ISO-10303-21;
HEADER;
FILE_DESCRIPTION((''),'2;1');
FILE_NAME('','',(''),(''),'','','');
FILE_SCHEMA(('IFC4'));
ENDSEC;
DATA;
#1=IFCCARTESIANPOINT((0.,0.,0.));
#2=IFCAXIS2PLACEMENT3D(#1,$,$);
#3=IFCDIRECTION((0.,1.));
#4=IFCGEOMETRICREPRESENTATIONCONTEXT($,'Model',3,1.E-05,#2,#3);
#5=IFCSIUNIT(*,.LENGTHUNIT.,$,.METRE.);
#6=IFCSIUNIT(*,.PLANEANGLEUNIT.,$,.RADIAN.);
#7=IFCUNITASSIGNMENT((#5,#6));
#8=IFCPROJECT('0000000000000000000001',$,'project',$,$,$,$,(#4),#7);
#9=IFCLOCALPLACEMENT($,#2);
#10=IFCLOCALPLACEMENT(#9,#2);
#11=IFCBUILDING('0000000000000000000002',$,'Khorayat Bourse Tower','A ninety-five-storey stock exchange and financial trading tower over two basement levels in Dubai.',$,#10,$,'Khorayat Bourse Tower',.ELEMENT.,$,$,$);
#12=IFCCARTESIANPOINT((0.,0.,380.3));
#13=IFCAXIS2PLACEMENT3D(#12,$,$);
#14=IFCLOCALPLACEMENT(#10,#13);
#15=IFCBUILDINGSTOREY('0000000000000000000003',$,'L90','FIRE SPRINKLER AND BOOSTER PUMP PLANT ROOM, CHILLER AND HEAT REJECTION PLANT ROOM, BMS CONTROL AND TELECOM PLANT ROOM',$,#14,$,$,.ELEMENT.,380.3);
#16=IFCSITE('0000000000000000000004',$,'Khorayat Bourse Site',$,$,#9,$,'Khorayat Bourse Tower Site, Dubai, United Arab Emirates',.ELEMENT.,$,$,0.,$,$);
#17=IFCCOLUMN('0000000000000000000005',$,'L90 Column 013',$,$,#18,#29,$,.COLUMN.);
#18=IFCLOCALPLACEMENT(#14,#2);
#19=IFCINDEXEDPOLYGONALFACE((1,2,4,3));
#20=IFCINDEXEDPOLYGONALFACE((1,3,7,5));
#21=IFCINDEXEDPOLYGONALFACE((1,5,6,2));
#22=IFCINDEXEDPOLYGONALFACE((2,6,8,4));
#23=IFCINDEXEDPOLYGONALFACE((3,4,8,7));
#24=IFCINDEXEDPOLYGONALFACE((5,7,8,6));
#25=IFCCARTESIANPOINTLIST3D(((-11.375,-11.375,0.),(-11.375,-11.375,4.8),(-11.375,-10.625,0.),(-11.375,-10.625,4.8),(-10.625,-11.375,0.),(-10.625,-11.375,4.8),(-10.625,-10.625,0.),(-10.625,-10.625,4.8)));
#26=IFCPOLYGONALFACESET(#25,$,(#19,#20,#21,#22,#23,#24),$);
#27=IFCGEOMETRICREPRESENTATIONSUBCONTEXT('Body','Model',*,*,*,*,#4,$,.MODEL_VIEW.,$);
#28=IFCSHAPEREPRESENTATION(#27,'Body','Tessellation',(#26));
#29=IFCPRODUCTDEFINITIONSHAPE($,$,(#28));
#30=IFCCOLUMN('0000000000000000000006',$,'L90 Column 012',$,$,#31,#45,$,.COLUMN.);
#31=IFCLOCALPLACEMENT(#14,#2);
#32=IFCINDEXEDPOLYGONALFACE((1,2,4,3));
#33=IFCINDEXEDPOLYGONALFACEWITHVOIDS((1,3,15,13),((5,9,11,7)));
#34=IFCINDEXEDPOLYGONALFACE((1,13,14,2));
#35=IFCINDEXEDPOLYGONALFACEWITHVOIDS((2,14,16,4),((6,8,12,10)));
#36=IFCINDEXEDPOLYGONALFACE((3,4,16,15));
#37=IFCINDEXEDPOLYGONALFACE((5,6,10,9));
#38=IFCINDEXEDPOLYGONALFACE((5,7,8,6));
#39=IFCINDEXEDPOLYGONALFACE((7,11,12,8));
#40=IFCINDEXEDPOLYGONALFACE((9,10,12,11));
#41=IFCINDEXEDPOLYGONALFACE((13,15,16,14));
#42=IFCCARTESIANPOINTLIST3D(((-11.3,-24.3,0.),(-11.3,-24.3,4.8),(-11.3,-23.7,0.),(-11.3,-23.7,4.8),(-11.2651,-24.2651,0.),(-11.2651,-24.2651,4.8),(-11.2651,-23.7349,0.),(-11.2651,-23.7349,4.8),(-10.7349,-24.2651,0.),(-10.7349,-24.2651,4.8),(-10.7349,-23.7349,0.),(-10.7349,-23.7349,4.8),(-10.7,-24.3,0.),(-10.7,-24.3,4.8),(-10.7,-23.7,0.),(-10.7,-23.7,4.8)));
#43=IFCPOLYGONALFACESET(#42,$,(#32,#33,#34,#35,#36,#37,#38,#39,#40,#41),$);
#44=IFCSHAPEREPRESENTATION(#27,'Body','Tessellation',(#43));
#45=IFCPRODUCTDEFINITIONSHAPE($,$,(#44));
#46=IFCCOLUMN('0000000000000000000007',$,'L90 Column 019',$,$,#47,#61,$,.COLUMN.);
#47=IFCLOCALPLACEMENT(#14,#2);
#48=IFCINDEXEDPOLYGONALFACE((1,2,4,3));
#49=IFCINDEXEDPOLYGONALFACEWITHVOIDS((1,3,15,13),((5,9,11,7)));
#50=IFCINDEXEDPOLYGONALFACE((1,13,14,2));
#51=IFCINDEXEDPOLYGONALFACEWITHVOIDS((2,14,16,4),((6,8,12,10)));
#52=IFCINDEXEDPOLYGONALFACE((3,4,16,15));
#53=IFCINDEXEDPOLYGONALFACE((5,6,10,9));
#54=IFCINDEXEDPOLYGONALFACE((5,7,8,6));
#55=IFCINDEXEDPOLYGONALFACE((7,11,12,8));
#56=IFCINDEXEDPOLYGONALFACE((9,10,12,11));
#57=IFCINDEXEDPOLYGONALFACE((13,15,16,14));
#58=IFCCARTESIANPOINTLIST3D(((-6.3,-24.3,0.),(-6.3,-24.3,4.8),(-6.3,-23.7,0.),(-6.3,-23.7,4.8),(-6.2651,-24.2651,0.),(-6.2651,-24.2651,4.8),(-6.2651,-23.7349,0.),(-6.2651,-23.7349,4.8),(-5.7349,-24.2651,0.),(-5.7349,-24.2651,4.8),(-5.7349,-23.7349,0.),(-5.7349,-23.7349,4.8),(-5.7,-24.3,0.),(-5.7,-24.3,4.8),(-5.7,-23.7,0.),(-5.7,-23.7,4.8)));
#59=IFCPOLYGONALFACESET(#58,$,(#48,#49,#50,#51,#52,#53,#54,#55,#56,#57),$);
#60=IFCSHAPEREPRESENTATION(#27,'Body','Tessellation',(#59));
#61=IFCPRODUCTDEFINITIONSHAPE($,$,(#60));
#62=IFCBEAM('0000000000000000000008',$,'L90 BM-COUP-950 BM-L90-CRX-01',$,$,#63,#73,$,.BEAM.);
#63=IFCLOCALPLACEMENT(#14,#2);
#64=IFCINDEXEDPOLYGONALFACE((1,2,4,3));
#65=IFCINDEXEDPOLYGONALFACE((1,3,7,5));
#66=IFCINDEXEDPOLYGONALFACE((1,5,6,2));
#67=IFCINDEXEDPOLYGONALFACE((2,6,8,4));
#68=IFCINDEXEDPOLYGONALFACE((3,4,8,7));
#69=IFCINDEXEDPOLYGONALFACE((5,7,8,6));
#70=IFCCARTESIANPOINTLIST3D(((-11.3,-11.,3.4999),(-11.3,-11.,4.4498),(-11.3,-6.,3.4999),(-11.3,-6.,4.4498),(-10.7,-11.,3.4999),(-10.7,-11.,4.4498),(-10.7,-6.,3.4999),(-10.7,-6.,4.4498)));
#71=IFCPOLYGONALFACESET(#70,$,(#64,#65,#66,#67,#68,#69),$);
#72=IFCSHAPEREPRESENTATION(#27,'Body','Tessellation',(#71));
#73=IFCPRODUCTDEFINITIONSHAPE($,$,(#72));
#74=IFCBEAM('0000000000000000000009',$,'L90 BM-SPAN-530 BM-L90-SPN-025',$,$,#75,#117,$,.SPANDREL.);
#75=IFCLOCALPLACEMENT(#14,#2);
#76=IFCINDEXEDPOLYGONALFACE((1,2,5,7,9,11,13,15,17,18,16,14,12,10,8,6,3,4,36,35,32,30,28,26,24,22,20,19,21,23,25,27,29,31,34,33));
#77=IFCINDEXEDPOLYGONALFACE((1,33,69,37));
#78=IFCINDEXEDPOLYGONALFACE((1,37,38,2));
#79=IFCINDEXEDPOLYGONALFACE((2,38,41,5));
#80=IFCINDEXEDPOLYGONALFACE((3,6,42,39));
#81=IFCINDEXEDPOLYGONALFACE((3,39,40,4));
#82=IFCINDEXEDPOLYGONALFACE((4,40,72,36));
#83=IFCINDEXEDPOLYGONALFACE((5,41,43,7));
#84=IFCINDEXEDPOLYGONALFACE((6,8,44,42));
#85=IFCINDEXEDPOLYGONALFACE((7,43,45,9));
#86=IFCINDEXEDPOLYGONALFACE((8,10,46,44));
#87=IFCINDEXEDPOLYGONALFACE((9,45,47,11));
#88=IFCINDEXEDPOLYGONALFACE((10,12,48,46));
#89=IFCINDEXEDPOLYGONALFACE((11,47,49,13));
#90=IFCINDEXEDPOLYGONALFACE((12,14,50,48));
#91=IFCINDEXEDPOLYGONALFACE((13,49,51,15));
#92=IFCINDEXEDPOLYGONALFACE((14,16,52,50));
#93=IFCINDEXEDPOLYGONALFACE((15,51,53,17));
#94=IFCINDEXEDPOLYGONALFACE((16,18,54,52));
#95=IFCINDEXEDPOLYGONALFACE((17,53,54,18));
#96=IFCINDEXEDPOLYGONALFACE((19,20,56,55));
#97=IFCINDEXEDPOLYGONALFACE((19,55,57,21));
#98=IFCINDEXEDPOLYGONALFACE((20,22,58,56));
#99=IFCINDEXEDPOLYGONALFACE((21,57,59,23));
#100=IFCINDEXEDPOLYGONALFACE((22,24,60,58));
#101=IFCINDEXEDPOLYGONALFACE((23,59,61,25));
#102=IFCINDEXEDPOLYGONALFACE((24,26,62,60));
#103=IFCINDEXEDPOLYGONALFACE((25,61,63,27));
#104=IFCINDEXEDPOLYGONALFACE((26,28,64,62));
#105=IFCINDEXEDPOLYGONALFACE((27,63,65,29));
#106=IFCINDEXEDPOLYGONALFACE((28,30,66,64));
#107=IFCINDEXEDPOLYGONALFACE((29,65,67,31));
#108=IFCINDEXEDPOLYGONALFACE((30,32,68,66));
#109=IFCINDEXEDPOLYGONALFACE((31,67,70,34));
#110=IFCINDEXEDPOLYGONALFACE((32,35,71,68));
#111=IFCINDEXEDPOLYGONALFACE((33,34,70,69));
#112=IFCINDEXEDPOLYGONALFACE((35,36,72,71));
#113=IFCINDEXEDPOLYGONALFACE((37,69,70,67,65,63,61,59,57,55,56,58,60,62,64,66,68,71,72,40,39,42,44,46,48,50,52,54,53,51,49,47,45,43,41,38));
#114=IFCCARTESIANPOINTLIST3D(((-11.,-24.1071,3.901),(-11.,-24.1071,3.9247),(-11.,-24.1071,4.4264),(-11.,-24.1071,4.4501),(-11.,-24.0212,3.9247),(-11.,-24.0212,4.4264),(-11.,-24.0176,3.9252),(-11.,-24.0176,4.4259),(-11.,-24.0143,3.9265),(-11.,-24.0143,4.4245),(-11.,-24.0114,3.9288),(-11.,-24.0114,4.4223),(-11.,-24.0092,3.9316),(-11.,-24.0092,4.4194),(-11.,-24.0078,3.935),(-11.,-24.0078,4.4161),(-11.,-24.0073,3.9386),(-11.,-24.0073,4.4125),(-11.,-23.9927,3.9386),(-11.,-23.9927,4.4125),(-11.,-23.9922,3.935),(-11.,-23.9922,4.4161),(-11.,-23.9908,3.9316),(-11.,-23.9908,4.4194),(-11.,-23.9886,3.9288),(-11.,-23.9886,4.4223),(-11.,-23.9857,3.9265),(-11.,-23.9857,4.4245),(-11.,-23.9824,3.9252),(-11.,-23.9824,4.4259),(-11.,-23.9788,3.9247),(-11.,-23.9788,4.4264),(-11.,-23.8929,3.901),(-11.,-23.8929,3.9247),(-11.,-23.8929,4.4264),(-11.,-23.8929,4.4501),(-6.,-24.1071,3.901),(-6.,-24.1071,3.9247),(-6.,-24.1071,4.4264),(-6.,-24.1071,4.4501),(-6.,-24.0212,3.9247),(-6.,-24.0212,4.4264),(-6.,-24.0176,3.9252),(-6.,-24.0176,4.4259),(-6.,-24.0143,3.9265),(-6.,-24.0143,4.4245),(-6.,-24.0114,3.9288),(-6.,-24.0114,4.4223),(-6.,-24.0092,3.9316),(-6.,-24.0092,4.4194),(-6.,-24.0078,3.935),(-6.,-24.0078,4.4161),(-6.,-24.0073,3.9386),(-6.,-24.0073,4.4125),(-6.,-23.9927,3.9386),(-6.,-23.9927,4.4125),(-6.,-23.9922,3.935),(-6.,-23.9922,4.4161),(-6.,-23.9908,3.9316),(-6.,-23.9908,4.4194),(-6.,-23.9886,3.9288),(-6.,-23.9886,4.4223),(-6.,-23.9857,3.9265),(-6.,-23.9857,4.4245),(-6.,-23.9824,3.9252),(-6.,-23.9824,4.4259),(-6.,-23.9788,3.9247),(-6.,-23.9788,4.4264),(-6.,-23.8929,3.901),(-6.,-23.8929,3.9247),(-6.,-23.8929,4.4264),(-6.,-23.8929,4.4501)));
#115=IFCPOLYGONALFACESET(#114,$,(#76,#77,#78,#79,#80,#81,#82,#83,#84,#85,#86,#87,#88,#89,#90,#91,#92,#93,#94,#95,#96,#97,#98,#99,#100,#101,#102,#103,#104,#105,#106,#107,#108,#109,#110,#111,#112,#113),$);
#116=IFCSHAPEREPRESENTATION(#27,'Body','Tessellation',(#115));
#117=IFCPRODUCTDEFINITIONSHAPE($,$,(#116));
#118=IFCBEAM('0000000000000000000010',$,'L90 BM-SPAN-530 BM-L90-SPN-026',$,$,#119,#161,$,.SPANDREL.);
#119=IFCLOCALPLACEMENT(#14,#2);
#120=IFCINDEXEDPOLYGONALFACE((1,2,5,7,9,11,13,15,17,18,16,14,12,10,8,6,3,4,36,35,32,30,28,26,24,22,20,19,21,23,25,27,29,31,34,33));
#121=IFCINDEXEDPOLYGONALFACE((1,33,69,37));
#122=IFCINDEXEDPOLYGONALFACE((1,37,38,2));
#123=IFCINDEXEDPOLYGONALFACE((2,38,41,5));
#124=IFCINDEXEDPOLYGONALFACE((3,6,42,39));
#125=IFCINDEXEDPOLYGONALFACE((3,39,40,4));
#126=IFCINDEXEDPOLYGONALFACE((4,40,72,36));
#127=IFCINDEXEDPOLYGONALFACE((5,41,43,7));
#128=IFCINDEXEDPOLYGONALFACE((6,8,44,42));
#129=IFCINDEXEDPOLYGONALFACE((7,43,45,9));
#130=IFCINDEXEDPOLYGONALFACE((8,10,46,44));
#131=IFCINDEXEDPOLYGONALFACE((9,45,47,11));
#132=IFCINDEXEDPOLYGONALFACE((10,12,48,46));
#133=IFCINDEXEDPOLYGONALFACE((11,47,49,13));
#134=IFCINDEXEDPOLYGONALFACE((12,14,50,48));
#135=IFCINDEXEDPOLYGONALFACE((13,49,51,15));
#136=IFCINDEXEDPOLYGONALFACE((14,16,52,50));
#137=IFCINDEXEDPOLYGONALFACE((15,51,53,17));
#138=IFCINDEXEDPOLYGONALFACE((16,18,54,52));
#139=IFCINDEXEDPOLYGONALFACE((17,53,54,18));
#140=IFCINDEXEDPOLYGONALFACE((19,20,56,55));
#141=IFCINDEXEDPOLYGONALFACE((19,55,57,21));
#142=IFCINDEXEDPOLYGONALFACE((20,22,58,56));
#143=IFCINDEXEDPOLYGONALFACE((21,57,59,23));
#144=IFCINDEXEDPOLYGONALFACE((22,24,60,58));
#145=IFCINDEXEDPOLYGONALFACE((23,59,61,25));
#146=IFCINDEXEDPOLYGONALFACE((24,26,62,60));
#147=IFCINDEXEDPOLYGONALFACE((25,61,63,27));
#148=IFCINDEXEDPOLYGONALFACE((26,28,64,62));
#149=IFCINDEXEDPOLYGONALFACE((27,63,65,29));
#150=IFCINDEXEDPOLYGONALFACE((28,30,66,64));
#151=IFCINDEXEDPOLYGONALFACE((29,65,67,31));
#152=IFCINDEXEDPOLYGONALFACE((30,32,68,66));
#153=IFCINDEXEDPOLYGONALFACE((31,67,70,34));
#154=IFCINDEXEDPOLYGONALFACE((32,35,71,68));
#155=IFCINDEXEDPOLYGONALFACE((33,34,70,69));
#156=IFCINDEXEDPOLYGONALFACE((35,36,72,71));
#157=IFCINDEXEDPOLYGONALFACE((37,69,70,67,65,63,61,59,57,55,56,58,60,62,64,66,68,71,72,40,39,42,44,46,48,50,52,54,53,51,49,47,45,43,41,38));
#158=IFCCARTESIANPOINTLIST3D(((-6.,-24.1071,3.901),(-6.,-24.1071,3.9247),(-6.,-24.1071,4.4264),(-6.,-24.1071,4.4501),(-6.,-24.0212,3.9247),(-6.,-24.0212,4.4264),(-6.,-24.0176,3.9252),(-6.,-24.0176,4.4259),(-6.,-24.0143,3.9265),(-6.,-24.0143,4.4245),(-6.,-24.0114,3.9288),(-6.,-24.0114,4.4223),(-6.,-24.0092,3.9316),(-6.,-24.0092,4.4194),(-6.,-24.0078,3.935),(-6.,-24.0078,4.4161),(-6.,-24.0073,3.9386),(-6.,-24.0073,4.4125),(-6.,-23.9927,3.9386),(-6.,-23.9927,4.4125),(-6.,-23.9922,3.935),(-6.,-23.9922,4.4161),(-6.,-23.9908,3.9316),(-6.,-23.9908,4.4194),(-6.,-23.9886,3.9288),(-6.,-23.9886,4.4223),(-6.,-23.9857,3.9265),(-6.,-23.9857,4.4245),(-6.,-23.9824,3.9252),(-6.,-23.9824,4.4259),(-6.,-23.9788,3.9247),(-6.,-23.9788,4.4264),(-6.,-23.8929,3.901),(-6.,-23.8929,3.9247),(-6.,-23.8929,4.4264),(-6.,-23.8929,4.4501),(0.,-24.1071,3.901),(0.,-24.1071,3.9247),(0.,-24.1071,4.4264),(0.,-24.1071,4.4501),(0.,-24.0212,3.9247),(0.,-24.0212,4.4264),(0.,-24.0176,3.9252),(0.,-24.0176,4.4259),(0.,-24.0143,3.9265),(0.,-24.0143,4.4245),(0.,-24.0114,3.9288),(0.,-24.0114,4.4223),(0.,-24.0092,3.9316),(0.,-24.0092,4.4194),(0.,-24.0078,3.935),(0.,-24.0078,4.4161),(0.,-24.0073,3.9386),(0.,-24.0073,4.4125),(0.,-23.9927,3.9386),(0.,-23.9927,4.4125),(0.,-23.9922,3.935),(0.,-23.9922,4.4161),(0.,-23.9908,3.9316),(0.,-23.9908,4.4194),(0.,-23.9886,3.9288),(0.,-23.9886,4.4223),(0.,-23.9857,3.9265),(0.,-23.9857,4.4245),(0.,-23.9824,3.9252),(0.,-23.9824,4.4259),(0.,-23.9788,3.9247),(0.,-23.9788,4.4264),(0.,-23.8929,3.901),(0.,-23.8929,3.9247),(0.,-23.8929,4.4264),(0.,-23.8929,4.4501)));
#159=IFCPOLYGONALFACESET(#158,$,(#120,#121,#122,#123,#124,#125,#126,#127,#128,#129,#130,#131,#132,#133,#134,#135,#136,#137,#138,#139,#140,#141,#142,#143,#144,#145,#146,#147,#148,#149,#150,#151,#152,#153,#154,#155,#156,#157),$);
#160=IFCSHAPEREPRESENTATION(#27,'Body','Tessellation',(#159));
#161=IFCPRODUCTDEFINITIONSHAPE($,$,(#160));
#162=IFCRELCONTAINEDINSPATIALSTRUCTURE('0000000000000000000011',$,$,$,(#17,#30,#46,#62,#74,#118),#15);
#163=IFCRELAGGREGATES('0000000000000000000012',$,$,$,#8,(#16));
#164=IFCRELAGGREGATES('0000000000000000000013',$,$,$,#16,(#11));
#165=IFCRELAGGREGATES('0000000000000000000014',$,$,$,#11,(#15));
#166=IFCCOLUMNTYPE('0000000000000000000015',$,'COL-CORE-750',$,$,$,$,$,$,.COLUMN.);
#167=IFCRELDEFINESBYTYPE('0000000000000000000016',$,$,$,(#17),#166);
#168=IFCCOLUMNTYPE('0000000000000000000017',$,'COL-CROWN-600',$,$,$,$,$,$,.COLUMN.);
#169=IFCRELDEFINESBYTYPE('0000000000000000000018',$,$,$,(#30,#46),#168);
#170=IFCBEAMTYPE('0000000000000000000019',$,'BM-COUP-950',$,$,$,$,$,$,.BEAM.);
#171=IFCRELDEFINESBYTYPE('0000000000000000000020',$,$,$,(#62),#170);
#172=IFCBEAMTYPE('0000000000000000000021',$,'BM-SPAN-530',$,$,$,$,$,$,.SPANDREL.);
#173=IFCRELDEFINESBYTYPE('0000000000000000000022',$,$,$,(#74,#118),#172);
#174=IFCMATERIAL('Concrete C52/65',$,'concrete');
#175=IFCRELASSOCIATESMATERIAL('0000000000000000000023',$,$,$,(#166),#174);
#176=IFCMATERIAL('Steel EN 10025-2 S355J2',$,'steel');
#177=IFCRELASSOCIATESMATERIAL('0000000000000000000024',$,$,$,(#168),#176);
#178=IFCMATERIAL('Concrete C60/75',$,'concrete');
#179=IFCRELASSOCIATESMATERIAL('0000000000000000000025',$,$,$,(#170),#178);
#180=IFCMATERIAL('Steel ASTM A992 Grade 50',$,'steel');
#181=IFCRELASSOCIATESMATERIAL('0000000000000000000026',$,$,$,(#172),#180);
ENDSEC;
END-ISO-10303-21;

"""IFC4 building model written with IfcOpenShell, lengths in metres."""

from ifc_helpers import new_model, si_unit, direction, frame, origin, origin_2d, place, context, subcontext, project, spatial, rectangle, hollow_rectangle, i_section, extrude, source, transform, mapped, material, material_profile, profile_set, type_object, element, save


model = new_model("IFC4")

# Units and contexts
model_context = context("Model", 3, precision=1e-05, world=origin(), true_north=direction((0.0, 1.0)))
body_context = subcontext(model_context, "Body", "Model", "MODEL_VIEW")
ifc_project = project(units=[si_unit("LENGTHUNIT", "METRE"), si_unit("PLANEANGLEUNIT", "RADIAN")], contexts=[model_context])

# Site, building, storey
site_placement = place(None, origin())
site = spatial("IfcSite", under=ifc_project, at=site_placement, Name="Khorayat Bourse Site", LongName="Khorayat Bourse Tower Site, Dubai, United Arab Emirates", CompositionType="ELEMENT", RefElevation=0.0)
building_placement = place(site_placement, origin())
building = spatial("IfcBuilding", under=site, at=building_placement, Name="Khorayat Bourse Tower", Description="A ninety-five-storey stock exchange and financial trading tower over two basement levels in Dubai.", LongName="Khorayat Bourse Tower", CompositionType="ELEMENT")
storey_placement = place(building_placement, frame((0.0, 0.0, 380.3)))
storey = spatial("IfcBuildingStorey", under=building, at=storey_placement, Name="L90", Description="FIRE SPRINKLER AND BOOSTER PUMP PLANT ROOM, CHILLER AND HEAT REJECTION PLANT ROOM, BMS CONTROL AND TELECOM PLANT ROOM", CompositionType="ELEMENT", Elevation=380.3)

# Columns
ifc_material_1 = material(Name="Concrete C52/65", Category="concrete")
ifc_material_profile_1 = material_profile(ifc_material_1, rectangle(XDim=0.75, YDim=0.75, at=origin_2d()), Name="RC 750x750")
ifc_profile_set_1 = profile_set([ifc_material_profile_1], Name="Concrete C52/65")
column_type_1 = type_object("IfcColumnType", Name="COL-CORE-750", PredefinedType="COLUMN", material=ifc_profile_set_1)
shared_shape_1 = source(origin(), body_context, "Body", "SweptSolid", [
    extrude(rectangle(XDim=0.75, YDim=0.75, at=origin_2d()), origin(), (0.0, 0.0, 1.0), 4.8),
])
column_placement = place(storey_placement, frame((-11.0, -11.0, 0.0), z_axis=(0.0, 0.0, 1.0), x_axis=(1.0, 0.0, 0.0)))
element("IfcColumn", 1, at=column_placement, inside=storey, type_object=column_type_1, Name="L90 Column 013", PredefinedType="COLUMN", context=body_context, shape_type="MappedRepresentation", body=[
    mapped(shared_shape_1, transform((0.0, 0.0, 0.0), scale=1.0)),
])
ifc_material_2 = material(Name="Steel EN 10025-2 S355J2", Category="steel")
ifc_material_profile_2 = material_profile(ifc_material_2, hollow_rectangle(XDim=0.6001, YDim=0.6001, WallThickness=0.0349, at=origin_2d()), Name="BOX 600x600x35")
ifc_profile_set_2 = profile_set([ifc_material_profile_2], Name="Steel EN 10025-2 S355J2")
column_type_2 = type_object("IfcColumnType", Name="COL-CROWN-600", PredefinedType="COLUMN", material=ifc_profile_set_2)
shared_shape_2 = source(origin(), body_context, "Body", "SweptSolid", [
    extrude(hollow_rectangle(XDim=0.6001, YDim=0.6001, WallThickness=0.0349, at=origin_2d()), origin(), (0.0, 0.0, 1.0), 4.8),
])
for number, where, z_axis, x_axis, name in (
    (2, (-11.0, -24.0, 0.0), (0.0, 0.0, 1.0), (1.0, 0.0, 0.0), "L90 Column 012"),
    (3, (-6.0, -24.0, 0.0), (0.0, 0.0, 1.0), (1.0, 0.0, 0.0), "L90 Column 019"),
):
    element("IfcColumn", number, at=place(storey_placement, frame(where, z_axis=z_axis, x_axis=x_axis)), inside=storey, type_object=column_type_2, Name=name, PredefinedType="COLUMN", context=body_context, shape_type="MappedRepresentation", body=[
        mapped(shared_shape_2, transform((0.0, 0.0, 0.0), scale=1.0)),
    ])

# Beams
ifc_material_3 = material(Name="Concrete C60/75", Category="concrete")
ifc_material_profile_3 = material_profile(ifc_material_3, rectangle(XDim=0.6001, YDim=0.95, at=origin_2d()), Name="RC 600x950")
ifc_profile_set_3 = profile_set([ifc_material_profile_3], Name="Concrete C60/75")
beam_type_1 = type_object("IfcBeamType", Name="BM-COUP-950", PredefinedType="BEAM", material=ifc_profile_set_3)
shared_shape_3 = source(origin(), body_context, "Body", "SweptSolid", [
    extrude(rectangle(XDim=0.6001, YDim=0.95, at=origin_2d()), origin(), (0.0, 0.0, 1.0), 5.0),
])
beam_1_placement = place(storey_placement, frame((-11.0, -11.0, 3.9749), z_axis=(0.0, 1.0, 0.0), x_axis=(-1.0, 0.0, 0.0)))
element("IfcBeam", 4, at=beam_1_placement, inside=storey, type_object=beam_type_1, Name="L90 BM-COUP-950 BM-L90-CRX-01", PredefinedType="BEAM", context=body_context, shape_type="MappedRepresentation", body=[
    mapped(shared_shape_3, transform((0.0, 0.0, 0.0), scale=1.0)),
])
ifc_material_4 = material(Name="Steel ASTM A992 Grade 50", Category="steel")
ifc_material_profile_4 = material_profile(ifc_material_4, i_section(OverallWidth=0.2141, OverallDepth=0.5491, WebThickness=0.0146, FlangeThickness=0.0237, FilletRadius=0.0139, at=origin_2d()), Name="W530X138")
ifc_profile_set_4 = profile_set([ifc_material_profile_4], Name="Steel ASTM A992 Grade 50")
beam_type_2 = type_object("IfcBeamType", Name="BM-SPAN-530", PredefinedType="SPANDREL", material=ifc_profile_set_4)
shared_shape_4 = source(origin(), body_context, "Body", "SweptSolid", [
    extrude(i_section(OverallWidth=0.2141, OverallDepth=0.5491, WebThickness=0.0146, FlangeThickness=0.0237, FilletRadius=0.0139, at=origin_2d()), origin(), (0.0, 0.0, 1.0), 5.0),
])
beam_2_placement = place(storey_placement, frame((-11.0, -24.0, 4.1755), z_axis=(1.0, 0.0, 0.0), x_axis=(0.0, 1.0, 0.0)))
element("IfcBeam", 5, at=beam_2_placement, inside=storey, type_object=beam_type_2, Name="L90 BM-SPAN-530 BM-L90-SPN-025", PredefinedType="SPANDREL", context=body_context, shape_type="MappedRepresentation", body=[
    mapped(shared_shape_4, transform((0.0, 0.0, 0.0), scale=1.0)),
])
shared_shape_5 = source(origin(), body_context, "Body", "SweptSolid", [
    extrude(i_section(OverallWidth=0.2141, OverallDepth=0.5491, WebThickness=0.0146, FlangeThickness=0.0237, FilletRadius=0.0139, at=origin_2d()), origin(), (0.0, 0.0, 1.0), 6.0),
])
beam_3_placement = place(storey_placement, frame((-6.0, -24.0, 4.1755), z_axis=(1.0, 0.0, 0.0), x_axis=(0.0, 1.0, 0.0)))
element("IfcBeam", 6, at=beam_3_placement, inside=storey, type_object=beam_type_2, Name="L90 BM-SPAN-530 BM-L90-SPN-026", PredefinedType="SPANDREL", context=body_context, shape_type="MappedRepresentation", body=[
    mapped(shared_shape_5, transform((0.0, 0.0, 0.0), scale=1.0)),
])

save(model, "model.ifc")
